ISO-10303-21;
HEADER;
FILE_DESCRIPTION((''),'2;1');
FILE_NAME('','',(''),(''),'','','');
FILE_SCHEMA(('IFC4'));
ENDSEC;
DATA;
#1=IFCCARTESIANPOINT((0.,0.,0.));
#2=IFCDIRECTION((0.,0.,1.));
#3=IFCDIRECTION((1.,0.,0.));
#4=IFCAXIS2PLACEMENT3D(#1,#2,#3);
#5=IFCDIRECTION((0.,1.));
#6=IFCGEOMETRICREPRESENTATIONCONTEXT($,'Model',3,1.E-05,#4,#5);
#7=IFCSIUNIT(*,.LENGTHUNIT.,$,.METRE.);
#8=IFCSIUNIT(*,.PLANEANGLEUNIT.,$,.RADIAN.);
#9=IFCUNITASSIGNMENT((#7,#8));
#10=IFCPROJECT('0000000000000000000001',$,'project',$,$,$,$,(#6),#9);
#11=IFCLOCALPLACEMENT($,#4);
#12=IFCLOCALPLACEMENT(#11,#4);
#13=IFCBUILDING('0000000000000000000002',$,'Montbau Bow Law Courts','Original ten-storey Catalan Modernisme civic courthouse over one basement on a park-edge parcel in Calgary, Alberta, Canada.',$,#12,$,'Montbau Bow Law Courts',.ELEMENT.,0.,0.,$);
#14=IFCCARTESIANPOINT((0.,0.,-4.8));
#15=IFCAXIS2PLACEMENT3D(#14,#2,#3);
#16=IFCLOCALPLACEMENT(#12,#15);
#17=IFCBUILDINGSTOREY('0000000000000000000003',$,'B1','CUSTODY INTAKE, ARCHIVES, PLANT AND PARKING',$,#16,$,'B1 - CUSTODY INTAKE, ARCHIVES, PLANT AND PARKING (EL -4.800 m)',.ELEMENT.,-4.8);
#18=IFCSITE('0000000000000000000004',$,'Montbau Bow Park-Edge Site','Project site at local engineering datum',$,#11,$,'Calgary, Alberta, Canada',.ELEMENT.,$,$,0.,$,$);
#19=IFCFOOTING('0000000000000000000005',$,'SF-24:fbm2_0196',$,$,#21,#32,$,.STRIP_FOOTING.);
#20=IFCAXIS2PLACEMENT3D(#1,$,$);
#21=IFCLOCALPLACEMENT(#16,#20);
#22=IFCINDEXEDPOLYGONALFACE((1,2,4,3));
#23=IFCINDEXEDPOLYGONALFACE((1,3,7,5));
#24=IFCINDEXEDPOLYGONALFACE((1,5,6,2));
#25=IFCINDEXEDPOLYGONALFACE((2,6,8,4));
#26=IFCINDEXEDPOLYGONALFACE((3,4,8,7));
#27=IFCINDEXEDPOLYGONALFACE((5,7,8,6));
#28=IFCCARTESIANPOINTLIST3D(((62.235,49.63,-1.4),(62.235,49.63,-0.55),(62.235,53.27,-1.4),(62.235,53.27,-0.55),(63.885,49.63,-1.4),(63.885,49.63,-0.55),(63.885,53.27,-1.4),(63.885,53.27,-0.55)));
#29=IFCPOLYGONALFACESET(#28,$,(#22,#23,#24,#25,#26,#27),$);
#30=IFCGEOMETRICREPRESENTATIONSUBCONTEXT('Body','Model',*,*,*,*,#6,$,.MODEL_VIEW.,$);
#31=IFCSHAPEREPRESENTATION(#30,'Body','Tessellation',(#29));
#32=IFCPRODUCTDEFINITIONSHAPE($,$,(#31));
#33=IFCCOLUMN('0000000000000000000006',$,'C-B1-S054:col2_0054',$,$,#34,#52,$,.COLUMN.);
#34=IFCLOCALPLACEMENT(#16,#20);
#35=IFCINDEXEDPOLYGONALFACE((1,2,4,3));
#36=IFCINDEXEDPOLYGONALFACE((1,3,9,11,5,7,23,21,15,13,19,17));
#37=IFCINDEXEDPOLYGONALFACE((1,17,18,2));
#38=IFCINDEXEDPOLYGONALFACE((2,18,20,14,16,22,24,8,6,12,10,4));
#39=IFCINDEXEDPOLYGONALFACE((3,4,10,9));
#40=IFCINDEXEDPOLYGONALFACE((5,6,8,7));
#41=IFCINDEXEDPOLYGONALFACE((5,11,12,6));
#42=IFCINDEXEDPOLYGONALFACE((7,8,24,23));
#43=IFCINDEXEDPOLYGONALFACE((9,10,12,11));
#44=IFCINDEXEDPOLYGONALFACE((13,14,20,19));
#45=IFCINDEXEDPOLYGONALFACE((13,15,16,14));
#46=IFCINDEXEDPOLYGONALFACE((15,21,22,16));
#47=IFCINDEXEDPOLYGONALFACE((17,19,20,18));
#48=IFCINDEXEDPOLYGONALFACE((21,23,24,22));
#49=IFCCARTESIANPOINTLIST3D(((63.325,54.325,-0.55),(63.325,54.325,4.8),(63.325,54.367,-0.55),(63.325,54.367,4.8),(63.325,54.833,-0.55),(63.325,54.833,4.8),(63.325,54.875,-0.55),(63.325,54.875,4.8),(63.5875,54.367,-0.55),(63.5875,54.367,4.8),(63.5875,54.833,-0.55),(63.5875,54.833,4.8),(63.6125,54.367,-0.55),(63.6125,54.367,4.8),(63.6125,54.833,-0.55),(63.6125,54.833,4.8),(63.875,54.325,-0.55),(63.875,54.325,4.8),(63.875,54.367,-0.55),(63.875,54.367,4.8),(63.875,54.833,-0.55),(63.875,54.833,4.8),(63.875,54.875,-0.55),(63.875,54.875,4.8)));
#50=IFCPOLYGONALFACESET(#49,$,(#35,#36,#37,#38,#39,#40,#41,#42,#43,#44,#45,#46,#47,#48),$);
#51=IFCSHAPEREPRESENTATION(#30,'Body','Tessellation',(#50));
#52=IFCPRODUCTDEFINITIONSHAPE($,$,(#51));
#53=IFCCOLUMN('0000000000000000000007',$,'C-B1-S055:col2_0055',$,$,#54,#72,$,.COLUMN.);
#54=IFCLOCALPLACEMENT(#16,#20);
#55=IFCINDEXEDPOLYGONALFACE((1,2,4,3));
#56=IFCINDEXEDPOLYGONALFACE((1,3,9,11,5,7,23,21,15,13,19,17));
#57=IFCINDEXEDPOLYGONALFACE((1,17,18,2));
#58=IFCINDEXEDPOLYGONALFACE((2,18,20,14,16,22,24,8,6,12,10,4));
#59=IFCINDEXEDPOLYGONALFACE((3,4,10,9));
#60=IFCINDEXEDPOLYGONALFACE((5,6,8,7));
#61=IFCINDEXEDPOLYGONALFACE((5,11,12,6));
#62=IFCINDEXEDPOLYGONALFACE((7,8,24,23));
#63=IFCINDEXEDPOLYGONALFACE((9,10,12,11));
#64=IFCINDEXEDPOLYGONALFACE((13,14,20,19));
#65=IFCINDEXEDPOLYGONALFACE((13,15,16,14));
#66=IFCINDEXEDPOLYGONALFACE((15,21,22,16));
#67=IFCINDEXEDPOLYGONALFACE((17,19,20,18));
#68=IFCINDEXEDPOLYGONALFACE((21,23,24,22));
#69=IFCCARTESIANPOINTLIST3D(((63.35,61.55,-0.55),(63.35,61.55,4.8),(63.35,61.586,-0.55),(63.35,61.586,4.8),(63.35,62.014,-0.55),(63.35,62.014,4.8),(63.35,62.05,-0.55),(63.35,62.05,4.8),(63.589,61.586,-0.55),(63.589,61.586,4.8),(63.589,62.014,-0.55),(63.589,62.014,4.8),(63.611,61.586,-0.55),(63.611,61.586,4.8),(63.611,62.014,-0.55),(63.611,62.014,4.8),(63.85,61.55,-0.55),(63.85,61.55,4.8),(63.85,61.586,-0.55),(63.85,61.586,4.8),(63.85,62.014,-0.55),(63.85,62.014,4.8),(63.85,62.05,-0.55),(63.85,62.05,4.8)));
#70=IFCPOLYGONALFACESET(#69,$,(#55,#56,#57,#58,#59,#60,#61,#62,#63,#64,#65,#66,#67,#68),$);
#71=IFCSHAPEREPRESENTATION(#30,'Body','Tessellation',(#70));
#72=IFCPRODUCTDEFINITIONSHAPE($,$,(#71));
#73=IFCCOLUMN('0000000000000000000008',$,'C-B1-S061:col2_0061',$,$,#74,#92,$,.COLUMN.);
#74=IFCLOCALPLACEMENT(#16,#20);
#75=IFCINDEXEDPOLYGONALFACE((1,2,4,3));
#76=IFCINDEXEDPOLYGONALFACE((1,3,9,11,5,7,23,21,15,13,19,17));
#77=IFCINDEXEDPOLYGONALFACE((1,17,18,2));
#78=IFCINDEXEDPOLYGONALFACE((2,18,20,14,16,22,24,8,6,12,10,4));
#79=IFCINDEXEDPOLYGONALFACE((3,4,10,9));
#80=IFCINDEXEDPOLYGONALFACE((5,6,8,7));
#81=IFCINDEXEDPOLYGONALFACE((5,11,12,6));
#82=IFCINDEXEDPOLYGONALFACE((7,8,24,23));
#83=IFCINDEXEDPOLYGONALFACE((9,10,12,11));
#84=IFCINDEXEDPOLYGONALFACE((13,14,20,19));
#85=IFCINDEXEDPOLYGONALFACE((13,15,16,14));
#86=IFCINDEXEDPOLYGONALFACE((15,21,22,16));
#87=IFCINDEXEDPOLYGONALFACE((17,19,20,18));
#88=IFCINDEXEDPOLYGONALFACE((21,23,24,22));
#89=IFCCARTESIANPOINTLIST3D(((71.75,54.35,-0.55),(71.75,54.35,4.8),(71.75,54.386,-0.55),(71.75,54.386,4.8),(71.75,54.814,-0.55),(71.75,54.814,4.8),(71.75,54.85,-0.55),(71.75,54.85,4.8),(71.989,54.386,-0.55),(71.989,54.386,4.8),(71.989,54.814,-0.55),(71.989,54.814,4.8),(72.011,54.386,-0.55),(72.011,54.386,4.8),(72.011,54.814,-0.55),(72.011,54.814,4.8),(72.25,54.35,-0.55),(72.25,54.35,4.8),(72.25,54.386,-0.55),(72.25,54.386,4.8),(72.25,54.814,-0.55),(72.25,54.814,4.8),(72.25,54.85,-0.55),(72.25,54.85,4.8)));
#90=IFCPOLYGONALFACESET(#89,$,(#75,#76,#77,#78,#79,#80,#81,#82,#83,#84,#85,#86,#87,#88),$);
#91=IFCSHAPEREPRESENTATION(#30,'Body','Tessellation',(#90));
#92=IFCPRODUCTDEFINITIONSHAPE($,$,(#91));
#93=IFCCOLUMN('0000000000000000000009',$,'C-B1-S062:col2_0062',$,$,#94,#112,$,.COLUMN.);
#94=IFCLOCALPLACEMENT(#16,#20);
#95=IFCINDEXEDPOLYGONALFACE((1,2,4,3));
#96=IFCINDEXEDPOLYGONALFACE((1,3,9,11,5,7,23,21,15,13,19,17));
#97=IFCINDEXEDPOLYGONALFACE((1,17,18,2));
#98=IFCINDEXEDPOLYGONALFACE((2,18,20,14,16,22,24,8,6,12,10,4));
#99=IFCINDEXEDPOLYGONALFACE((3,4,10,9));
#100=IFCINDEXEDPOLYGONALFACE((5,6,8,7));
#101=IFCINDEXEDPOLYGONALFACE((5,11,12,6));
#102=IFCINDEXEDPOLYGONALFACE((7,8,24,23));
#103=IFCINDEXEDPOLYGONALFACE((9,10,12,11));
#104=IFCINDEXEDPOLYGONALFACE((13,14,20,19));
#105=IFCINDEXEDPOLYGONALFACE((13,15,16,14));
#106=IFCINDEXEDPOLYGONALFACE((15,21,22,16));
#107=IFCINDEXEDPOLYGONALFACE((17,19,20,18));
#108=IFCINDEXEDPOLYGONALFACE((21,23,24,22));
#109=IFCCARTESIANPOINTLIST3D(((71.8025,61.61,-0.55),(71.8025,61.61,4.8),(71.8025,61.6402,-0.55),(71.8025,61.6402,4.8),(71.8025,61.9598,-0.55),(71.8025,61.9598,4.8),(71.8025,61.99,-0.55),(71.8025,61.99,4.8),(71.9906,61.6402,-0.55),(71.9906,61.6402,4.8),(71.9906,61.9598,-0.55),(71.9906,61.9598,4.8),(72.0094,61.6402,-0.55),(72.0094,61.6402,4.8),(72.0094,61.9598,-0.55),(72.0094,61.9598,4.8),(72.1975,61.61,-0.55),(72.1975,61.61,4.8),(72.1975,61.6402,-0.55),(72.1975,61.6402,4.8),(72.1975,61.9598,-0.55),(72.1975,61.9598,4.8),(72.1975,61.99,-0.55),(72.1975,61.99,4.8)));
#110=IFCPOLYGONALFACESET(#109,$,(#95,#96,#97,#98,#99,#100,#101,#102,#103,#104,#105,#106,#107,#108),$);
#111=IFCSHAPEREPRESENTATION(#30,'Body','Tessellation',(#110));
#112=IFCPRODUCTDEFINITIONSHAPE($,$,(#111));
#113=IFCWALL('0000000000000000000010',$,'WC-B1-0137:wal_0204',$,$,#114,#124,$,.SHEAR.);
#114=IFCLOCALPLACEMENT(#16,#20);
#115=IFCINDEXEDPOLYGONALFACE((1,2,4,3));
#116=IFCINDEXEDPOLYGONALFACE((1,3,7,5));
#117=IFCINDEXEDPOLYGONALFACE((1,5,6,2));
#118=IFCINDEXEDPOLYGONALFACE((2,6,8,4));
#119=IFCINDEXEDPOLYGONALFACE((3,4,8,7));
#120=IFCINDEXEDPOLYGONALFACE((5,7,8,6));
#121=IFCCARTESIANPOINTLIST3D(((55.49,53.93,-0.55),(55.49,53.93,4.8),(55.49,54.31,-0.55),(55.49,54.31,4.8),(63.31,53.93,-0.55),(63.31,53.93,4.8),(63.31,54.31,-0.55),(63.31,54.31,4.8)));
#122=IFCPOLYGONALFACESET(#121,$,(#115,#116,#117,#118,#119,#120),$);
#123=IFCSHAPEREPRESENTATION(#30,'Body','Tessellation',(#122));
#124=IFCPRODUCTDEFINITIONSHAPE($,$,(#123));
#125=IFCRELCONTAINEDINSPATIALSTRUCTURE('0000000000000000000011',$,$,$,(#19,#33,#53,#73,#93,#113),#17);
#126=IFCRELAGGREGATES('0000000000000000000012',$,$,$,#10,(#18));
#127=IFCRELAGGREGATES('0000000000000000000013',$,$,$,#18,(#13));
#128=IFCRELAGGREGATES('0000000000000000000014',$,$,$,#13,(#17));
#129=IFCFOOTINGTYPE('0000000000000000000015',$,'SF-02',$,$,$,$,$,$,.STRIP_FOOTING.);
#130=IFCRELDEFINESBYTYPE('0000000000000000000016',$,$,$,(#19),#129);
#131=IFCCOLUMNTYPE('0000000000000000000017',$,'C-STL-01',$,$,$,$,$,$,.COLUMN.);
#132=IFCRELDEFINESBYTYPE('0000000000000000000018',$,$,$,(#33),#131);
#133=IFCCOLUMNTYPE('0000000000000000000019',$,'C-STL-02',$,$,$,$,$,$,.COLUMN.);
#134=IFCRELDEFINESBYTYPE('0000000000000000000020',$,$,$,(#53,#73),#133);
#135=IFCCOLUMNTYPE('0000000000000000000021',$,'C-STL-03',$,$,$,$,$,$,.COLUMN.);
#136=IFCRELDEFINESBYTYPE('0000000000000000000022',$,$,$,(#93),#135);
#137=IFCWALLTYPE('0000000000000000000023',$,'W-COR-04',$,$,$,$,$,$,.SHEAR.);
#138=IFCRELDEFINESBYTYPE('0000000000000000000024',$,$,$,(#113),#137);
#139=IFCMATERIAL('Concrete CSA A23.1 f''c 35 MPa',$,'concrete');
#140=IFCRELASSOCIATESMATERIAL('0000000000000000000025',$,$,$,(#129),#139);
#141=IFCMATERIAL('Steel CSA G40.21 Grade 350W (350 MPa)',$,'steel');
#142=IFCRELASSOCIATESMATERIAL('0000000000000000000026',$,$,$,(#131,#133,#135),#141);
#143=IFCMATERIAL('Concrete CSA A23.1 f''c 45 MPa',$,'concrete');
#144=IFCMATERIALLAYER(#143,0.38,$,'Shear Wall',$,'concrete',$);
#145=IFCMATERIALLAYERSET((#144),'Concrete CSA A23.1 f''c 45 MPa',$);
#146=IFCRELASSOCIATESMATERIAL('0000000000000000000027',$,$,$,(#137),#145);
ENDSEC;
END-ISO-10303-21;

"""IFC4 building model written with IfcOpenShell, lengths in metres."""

from ifc_helpers import new_model, si_unit, direction, frame, frame_2d, origin_with_axes, origin_2d_with_axis, place, context, subcontext, project, spatial, rectangle, i_section, extrude, material, layer, layer_set, material_profile, profile_set, type_object, element, save


model = new_model("IFC4")

# Units and contexts
model_context = context("Model", 3, precision=1e-05, world=origin_with_axes(), true_north=direction((0.0, 1.0)))
body_context = subcontext(model_context, "Body", "Model", "MODEL_VIEW")
ifc_project = project(units=[si_unit("LENGTHUNIT", "METRE"), si_unit("PLANEANGLEUNIT", "RADIAN")], contexts=[model_context])

# Site, building, storey
site_placement = place(None, origin_with_axes())
site = spatial("IfcSite", under=ifc_project, at=site_placement, Name="Montbau Bow Park-Edge Site", Description="Project site at local engineering datum", LongName="Calgary, Alberta, Canada", CompositionType="ELEMENT", RefElevation=0.0)
building_placement = place(site_placement, origin_with_axes())
building = spatial("IfcBuilding", under=site, at=building_placement, Name="Montbau Bow Law Courts", Description="Original ten-storey Catalan Modernisme civic courthouse over one basement on a park-edge parcel in Calgary, Alberta, Canada.", LongName="Montbau Bow Law Courts", CompositionType="ELEMENT", ElevationOfRefHeight=0.0, ElevationOfTerrain=0.0)
storey_placement = place(building_placement, frame((0.0, 0.0, -4.8), z_axis=(0.0, 0.0, 1.0), x_axis=(1.0, 0.0, 0.0)))
storey = spatial("IfcBuildingStorey", under=building, at=storey_placement, Name="B1", Description="CUSTODY INTAKE, ARCHIVES, PLANT AND PARKING", LongName="B1 - CUSTODY INTAKE, ARCHIVES, PLANT AND PARKING (EL -4.800 m)", CompositionType="ELEMENT", Elevation=-4.8)

# Shared definitions
ifc_material_1 = material(Name="Concrete CSA A23.1 f'c 35 MPa", Category="concrete")

# Footing
footing_type_1 = type_object("IfcFootingType", Name="SF-02", PredefinedType="STRIP_FOOTING", material=ifc_material_1)
footing_1_placement = place(None, frame((63.06, 51.45, -6.2), z_axis=(0.0, 0.0, 1.0), x_axis=(0.0, 1.0, 0.0)))
element("IfcFooting", 1, at=footing_1_placement, inside=storey, type_object=footing_type_1, Name="SF-24:fbm2_0196", PredefinedType="STRIP_FOOTING", context=body_context, shape_type="SweptSolid", body=[
    extrude(rectangle(XDim=3.64, YDim=1.65, at=origin_2d_with_axis()), origin_with_axes(), (0.0, 0.0, 1.0), 0.85),
])

# Columns
ifc_material_2 = material(Name="Steel CSA G40.21 Grade 350W (350 MPa)", Category="steel")
ifc_material_profile_1 = material_profile(ifc_material_2, i_section(OverallWidth=0.55, OverallDepth=0.55, WebThickness=0.025, FlangeThickness=0.042, at=origin_2d_with_axis()), Name="WWF550X420", Category="Main", Priority=0)
ifc_profile_set_1 = profile_set([ifc_material_profile_1], Name="Steel CSA G40.21 Grade 350W (350 MPa)")
column_type_1 = type_object("IfcColumnType", Name="C-STL-01", PredefinedType="COLUMN", material=ifc_profile_set_1)
column_1_placement = place(None, frame((63.6, 54.6, -5.35), z_axis=(0.0, 0.0, 1.0), x_axis=(1.0, 0.0, 0.0)))
element("IfcColumn", 2, at=column_1_placement, inside=storey, type_object=column_type_1, Name="C-B1-S054:col2_0054", PredefinedType="COLUMN", context=body_context, shape_type="SweptSolid", body=[
    extrude(i_section(OverallWidth=0.55, OverallDepth=0.55, WebThickness=0.025, FlangeThickness=0.042, at=origin_2d_with_axis()), origin_with_axes(), (0.0, 0.0, 1.0), 5.35),
])
ifc_material_profile_2 = material_profile(ifc_material_2, i_section(OverallWidth=0.5, OverallDepth=0.5, WebThickness=0.022, FlangeThickness=0.036, at=origin_2d_with_axis()), Name="WWF500X343", Category="Main", Priority=0)
ifc_profile_set_2 = profile_set([ifc_material_profile_2], Name="Steel CSA G40.21 Grade 350W (350 MPa)")
column_type_2 = type_object("IfcColumnType", Name="C-STL-02", PredefinedType="COLUMN", material=ifc_profile_set_2)
for number, where, z_axis, x_axis, name in (
    (3, (63.6, 61.8, -5.35), (0.0, 0.0, 1.0), (1.0, 0.0, 0.0), "C-B1-S055:col2_0055"),
    (4, (72.0, 54.6, -5.35), (0.0, 0.0, 1.0), (1.0, 0.0, 0.0), "C-B1-S061:col2_0061"),
):
    element("IfcColumn", number, at=place(None, frame(where, z_axis=z_axis, x_axis=x_axis)), inside=storey, type_object=column_type_2, Name=name, PredefinedType="COLUMN", context=body_context, shape_type="SweptSolid", body=[
        extrude(i_section(OverallWidth=0.5, OverallDepth=0.5, WebThickness=0.022, FlangeThickness=0.036, at=origin_2d_with_axis()), origin_with_axes(), (0.0, 0.0, 1.0), 5.35),
    ])
ifc_material_profile_3 = material_profile(ifc_material_2, i_section(OverallWidth=0.395, OverallDepth=0.38, WebThickness=0.0189, FlangeThickness=0.0302, at=origin_2d_with_axis()), Name="W360X237", Category="Main", Priority=0)
ifc_profile_set_3 = profile_set([ifc_material_profile_3], Name="Steel CSA G40.21 Grade 350W (350 MPa)")
column_type_3 = type_object("IfcColumnType", Name="C-STL-03", PredefinedType="COLUMN", material=ifc_profile_set_3)
column_2_placement = place(None, frame((72.0, 61.8, -5.35), z_axis=(0.0, 0.0, 1.0), x_axis=(1.0, 0.0, 0.0)))
element("IfcColumn", 5, at=column_2_placement, inside=storey, type_object=column_type_3, Name="C-B1-S062:col2_0062", PredefinedType="COLUMN", context=body_context, shape_type="SweptSolid", body=[
    extrude(i_section(OverallWidth=0.395, OverallDepth=0.38, WebThickness=0.0189, FlangeThickness=0.0302, at=origin_2d_with_axis()), origin_with_axes(), (0.0, 0.0, 1.0), 5.35),
])

# Wall
ifc_material_3 = material(Name="Concrete CSA A23.1 f'c 45 MPa", Category="concrete")
ifc_layer = layer(ifc_material_3, 0.38, Name="Shear Wall", Category="concrete")
ifc_layer_set = layer_set([ifc_layer], Name="Concrete CSA A23.1 f'c 45 MPa")
wall_type = type_object("IfcWallType", Name="W-COR-04", PredefinedType="SHEAR", material=ifc_layer_set)
wall_placement = place(None, frame((63.31, 54.12, -5.35), z_axis=(0.0, 0.0, 1.0), x_axis=(-1.0, 0.0, 0.0)))
element("IfcWall", 6, at=wall_placement, inside=storey, type_object=wall_type, Name="WC-B1-0137:wal_0204", PredefinedType="SHEAR", context=body_context, shape_type="SweptSolid", body=[
    extrude(rectangle(XDim=7.82, YDim=0.38, at=frame_2d((3.91, 0.0), x_axis=(1.0, 0.0))), origin_with_axes(), (0.0, 0.0, 1.0), 5.35),
])

save(model, "model.ifc")
